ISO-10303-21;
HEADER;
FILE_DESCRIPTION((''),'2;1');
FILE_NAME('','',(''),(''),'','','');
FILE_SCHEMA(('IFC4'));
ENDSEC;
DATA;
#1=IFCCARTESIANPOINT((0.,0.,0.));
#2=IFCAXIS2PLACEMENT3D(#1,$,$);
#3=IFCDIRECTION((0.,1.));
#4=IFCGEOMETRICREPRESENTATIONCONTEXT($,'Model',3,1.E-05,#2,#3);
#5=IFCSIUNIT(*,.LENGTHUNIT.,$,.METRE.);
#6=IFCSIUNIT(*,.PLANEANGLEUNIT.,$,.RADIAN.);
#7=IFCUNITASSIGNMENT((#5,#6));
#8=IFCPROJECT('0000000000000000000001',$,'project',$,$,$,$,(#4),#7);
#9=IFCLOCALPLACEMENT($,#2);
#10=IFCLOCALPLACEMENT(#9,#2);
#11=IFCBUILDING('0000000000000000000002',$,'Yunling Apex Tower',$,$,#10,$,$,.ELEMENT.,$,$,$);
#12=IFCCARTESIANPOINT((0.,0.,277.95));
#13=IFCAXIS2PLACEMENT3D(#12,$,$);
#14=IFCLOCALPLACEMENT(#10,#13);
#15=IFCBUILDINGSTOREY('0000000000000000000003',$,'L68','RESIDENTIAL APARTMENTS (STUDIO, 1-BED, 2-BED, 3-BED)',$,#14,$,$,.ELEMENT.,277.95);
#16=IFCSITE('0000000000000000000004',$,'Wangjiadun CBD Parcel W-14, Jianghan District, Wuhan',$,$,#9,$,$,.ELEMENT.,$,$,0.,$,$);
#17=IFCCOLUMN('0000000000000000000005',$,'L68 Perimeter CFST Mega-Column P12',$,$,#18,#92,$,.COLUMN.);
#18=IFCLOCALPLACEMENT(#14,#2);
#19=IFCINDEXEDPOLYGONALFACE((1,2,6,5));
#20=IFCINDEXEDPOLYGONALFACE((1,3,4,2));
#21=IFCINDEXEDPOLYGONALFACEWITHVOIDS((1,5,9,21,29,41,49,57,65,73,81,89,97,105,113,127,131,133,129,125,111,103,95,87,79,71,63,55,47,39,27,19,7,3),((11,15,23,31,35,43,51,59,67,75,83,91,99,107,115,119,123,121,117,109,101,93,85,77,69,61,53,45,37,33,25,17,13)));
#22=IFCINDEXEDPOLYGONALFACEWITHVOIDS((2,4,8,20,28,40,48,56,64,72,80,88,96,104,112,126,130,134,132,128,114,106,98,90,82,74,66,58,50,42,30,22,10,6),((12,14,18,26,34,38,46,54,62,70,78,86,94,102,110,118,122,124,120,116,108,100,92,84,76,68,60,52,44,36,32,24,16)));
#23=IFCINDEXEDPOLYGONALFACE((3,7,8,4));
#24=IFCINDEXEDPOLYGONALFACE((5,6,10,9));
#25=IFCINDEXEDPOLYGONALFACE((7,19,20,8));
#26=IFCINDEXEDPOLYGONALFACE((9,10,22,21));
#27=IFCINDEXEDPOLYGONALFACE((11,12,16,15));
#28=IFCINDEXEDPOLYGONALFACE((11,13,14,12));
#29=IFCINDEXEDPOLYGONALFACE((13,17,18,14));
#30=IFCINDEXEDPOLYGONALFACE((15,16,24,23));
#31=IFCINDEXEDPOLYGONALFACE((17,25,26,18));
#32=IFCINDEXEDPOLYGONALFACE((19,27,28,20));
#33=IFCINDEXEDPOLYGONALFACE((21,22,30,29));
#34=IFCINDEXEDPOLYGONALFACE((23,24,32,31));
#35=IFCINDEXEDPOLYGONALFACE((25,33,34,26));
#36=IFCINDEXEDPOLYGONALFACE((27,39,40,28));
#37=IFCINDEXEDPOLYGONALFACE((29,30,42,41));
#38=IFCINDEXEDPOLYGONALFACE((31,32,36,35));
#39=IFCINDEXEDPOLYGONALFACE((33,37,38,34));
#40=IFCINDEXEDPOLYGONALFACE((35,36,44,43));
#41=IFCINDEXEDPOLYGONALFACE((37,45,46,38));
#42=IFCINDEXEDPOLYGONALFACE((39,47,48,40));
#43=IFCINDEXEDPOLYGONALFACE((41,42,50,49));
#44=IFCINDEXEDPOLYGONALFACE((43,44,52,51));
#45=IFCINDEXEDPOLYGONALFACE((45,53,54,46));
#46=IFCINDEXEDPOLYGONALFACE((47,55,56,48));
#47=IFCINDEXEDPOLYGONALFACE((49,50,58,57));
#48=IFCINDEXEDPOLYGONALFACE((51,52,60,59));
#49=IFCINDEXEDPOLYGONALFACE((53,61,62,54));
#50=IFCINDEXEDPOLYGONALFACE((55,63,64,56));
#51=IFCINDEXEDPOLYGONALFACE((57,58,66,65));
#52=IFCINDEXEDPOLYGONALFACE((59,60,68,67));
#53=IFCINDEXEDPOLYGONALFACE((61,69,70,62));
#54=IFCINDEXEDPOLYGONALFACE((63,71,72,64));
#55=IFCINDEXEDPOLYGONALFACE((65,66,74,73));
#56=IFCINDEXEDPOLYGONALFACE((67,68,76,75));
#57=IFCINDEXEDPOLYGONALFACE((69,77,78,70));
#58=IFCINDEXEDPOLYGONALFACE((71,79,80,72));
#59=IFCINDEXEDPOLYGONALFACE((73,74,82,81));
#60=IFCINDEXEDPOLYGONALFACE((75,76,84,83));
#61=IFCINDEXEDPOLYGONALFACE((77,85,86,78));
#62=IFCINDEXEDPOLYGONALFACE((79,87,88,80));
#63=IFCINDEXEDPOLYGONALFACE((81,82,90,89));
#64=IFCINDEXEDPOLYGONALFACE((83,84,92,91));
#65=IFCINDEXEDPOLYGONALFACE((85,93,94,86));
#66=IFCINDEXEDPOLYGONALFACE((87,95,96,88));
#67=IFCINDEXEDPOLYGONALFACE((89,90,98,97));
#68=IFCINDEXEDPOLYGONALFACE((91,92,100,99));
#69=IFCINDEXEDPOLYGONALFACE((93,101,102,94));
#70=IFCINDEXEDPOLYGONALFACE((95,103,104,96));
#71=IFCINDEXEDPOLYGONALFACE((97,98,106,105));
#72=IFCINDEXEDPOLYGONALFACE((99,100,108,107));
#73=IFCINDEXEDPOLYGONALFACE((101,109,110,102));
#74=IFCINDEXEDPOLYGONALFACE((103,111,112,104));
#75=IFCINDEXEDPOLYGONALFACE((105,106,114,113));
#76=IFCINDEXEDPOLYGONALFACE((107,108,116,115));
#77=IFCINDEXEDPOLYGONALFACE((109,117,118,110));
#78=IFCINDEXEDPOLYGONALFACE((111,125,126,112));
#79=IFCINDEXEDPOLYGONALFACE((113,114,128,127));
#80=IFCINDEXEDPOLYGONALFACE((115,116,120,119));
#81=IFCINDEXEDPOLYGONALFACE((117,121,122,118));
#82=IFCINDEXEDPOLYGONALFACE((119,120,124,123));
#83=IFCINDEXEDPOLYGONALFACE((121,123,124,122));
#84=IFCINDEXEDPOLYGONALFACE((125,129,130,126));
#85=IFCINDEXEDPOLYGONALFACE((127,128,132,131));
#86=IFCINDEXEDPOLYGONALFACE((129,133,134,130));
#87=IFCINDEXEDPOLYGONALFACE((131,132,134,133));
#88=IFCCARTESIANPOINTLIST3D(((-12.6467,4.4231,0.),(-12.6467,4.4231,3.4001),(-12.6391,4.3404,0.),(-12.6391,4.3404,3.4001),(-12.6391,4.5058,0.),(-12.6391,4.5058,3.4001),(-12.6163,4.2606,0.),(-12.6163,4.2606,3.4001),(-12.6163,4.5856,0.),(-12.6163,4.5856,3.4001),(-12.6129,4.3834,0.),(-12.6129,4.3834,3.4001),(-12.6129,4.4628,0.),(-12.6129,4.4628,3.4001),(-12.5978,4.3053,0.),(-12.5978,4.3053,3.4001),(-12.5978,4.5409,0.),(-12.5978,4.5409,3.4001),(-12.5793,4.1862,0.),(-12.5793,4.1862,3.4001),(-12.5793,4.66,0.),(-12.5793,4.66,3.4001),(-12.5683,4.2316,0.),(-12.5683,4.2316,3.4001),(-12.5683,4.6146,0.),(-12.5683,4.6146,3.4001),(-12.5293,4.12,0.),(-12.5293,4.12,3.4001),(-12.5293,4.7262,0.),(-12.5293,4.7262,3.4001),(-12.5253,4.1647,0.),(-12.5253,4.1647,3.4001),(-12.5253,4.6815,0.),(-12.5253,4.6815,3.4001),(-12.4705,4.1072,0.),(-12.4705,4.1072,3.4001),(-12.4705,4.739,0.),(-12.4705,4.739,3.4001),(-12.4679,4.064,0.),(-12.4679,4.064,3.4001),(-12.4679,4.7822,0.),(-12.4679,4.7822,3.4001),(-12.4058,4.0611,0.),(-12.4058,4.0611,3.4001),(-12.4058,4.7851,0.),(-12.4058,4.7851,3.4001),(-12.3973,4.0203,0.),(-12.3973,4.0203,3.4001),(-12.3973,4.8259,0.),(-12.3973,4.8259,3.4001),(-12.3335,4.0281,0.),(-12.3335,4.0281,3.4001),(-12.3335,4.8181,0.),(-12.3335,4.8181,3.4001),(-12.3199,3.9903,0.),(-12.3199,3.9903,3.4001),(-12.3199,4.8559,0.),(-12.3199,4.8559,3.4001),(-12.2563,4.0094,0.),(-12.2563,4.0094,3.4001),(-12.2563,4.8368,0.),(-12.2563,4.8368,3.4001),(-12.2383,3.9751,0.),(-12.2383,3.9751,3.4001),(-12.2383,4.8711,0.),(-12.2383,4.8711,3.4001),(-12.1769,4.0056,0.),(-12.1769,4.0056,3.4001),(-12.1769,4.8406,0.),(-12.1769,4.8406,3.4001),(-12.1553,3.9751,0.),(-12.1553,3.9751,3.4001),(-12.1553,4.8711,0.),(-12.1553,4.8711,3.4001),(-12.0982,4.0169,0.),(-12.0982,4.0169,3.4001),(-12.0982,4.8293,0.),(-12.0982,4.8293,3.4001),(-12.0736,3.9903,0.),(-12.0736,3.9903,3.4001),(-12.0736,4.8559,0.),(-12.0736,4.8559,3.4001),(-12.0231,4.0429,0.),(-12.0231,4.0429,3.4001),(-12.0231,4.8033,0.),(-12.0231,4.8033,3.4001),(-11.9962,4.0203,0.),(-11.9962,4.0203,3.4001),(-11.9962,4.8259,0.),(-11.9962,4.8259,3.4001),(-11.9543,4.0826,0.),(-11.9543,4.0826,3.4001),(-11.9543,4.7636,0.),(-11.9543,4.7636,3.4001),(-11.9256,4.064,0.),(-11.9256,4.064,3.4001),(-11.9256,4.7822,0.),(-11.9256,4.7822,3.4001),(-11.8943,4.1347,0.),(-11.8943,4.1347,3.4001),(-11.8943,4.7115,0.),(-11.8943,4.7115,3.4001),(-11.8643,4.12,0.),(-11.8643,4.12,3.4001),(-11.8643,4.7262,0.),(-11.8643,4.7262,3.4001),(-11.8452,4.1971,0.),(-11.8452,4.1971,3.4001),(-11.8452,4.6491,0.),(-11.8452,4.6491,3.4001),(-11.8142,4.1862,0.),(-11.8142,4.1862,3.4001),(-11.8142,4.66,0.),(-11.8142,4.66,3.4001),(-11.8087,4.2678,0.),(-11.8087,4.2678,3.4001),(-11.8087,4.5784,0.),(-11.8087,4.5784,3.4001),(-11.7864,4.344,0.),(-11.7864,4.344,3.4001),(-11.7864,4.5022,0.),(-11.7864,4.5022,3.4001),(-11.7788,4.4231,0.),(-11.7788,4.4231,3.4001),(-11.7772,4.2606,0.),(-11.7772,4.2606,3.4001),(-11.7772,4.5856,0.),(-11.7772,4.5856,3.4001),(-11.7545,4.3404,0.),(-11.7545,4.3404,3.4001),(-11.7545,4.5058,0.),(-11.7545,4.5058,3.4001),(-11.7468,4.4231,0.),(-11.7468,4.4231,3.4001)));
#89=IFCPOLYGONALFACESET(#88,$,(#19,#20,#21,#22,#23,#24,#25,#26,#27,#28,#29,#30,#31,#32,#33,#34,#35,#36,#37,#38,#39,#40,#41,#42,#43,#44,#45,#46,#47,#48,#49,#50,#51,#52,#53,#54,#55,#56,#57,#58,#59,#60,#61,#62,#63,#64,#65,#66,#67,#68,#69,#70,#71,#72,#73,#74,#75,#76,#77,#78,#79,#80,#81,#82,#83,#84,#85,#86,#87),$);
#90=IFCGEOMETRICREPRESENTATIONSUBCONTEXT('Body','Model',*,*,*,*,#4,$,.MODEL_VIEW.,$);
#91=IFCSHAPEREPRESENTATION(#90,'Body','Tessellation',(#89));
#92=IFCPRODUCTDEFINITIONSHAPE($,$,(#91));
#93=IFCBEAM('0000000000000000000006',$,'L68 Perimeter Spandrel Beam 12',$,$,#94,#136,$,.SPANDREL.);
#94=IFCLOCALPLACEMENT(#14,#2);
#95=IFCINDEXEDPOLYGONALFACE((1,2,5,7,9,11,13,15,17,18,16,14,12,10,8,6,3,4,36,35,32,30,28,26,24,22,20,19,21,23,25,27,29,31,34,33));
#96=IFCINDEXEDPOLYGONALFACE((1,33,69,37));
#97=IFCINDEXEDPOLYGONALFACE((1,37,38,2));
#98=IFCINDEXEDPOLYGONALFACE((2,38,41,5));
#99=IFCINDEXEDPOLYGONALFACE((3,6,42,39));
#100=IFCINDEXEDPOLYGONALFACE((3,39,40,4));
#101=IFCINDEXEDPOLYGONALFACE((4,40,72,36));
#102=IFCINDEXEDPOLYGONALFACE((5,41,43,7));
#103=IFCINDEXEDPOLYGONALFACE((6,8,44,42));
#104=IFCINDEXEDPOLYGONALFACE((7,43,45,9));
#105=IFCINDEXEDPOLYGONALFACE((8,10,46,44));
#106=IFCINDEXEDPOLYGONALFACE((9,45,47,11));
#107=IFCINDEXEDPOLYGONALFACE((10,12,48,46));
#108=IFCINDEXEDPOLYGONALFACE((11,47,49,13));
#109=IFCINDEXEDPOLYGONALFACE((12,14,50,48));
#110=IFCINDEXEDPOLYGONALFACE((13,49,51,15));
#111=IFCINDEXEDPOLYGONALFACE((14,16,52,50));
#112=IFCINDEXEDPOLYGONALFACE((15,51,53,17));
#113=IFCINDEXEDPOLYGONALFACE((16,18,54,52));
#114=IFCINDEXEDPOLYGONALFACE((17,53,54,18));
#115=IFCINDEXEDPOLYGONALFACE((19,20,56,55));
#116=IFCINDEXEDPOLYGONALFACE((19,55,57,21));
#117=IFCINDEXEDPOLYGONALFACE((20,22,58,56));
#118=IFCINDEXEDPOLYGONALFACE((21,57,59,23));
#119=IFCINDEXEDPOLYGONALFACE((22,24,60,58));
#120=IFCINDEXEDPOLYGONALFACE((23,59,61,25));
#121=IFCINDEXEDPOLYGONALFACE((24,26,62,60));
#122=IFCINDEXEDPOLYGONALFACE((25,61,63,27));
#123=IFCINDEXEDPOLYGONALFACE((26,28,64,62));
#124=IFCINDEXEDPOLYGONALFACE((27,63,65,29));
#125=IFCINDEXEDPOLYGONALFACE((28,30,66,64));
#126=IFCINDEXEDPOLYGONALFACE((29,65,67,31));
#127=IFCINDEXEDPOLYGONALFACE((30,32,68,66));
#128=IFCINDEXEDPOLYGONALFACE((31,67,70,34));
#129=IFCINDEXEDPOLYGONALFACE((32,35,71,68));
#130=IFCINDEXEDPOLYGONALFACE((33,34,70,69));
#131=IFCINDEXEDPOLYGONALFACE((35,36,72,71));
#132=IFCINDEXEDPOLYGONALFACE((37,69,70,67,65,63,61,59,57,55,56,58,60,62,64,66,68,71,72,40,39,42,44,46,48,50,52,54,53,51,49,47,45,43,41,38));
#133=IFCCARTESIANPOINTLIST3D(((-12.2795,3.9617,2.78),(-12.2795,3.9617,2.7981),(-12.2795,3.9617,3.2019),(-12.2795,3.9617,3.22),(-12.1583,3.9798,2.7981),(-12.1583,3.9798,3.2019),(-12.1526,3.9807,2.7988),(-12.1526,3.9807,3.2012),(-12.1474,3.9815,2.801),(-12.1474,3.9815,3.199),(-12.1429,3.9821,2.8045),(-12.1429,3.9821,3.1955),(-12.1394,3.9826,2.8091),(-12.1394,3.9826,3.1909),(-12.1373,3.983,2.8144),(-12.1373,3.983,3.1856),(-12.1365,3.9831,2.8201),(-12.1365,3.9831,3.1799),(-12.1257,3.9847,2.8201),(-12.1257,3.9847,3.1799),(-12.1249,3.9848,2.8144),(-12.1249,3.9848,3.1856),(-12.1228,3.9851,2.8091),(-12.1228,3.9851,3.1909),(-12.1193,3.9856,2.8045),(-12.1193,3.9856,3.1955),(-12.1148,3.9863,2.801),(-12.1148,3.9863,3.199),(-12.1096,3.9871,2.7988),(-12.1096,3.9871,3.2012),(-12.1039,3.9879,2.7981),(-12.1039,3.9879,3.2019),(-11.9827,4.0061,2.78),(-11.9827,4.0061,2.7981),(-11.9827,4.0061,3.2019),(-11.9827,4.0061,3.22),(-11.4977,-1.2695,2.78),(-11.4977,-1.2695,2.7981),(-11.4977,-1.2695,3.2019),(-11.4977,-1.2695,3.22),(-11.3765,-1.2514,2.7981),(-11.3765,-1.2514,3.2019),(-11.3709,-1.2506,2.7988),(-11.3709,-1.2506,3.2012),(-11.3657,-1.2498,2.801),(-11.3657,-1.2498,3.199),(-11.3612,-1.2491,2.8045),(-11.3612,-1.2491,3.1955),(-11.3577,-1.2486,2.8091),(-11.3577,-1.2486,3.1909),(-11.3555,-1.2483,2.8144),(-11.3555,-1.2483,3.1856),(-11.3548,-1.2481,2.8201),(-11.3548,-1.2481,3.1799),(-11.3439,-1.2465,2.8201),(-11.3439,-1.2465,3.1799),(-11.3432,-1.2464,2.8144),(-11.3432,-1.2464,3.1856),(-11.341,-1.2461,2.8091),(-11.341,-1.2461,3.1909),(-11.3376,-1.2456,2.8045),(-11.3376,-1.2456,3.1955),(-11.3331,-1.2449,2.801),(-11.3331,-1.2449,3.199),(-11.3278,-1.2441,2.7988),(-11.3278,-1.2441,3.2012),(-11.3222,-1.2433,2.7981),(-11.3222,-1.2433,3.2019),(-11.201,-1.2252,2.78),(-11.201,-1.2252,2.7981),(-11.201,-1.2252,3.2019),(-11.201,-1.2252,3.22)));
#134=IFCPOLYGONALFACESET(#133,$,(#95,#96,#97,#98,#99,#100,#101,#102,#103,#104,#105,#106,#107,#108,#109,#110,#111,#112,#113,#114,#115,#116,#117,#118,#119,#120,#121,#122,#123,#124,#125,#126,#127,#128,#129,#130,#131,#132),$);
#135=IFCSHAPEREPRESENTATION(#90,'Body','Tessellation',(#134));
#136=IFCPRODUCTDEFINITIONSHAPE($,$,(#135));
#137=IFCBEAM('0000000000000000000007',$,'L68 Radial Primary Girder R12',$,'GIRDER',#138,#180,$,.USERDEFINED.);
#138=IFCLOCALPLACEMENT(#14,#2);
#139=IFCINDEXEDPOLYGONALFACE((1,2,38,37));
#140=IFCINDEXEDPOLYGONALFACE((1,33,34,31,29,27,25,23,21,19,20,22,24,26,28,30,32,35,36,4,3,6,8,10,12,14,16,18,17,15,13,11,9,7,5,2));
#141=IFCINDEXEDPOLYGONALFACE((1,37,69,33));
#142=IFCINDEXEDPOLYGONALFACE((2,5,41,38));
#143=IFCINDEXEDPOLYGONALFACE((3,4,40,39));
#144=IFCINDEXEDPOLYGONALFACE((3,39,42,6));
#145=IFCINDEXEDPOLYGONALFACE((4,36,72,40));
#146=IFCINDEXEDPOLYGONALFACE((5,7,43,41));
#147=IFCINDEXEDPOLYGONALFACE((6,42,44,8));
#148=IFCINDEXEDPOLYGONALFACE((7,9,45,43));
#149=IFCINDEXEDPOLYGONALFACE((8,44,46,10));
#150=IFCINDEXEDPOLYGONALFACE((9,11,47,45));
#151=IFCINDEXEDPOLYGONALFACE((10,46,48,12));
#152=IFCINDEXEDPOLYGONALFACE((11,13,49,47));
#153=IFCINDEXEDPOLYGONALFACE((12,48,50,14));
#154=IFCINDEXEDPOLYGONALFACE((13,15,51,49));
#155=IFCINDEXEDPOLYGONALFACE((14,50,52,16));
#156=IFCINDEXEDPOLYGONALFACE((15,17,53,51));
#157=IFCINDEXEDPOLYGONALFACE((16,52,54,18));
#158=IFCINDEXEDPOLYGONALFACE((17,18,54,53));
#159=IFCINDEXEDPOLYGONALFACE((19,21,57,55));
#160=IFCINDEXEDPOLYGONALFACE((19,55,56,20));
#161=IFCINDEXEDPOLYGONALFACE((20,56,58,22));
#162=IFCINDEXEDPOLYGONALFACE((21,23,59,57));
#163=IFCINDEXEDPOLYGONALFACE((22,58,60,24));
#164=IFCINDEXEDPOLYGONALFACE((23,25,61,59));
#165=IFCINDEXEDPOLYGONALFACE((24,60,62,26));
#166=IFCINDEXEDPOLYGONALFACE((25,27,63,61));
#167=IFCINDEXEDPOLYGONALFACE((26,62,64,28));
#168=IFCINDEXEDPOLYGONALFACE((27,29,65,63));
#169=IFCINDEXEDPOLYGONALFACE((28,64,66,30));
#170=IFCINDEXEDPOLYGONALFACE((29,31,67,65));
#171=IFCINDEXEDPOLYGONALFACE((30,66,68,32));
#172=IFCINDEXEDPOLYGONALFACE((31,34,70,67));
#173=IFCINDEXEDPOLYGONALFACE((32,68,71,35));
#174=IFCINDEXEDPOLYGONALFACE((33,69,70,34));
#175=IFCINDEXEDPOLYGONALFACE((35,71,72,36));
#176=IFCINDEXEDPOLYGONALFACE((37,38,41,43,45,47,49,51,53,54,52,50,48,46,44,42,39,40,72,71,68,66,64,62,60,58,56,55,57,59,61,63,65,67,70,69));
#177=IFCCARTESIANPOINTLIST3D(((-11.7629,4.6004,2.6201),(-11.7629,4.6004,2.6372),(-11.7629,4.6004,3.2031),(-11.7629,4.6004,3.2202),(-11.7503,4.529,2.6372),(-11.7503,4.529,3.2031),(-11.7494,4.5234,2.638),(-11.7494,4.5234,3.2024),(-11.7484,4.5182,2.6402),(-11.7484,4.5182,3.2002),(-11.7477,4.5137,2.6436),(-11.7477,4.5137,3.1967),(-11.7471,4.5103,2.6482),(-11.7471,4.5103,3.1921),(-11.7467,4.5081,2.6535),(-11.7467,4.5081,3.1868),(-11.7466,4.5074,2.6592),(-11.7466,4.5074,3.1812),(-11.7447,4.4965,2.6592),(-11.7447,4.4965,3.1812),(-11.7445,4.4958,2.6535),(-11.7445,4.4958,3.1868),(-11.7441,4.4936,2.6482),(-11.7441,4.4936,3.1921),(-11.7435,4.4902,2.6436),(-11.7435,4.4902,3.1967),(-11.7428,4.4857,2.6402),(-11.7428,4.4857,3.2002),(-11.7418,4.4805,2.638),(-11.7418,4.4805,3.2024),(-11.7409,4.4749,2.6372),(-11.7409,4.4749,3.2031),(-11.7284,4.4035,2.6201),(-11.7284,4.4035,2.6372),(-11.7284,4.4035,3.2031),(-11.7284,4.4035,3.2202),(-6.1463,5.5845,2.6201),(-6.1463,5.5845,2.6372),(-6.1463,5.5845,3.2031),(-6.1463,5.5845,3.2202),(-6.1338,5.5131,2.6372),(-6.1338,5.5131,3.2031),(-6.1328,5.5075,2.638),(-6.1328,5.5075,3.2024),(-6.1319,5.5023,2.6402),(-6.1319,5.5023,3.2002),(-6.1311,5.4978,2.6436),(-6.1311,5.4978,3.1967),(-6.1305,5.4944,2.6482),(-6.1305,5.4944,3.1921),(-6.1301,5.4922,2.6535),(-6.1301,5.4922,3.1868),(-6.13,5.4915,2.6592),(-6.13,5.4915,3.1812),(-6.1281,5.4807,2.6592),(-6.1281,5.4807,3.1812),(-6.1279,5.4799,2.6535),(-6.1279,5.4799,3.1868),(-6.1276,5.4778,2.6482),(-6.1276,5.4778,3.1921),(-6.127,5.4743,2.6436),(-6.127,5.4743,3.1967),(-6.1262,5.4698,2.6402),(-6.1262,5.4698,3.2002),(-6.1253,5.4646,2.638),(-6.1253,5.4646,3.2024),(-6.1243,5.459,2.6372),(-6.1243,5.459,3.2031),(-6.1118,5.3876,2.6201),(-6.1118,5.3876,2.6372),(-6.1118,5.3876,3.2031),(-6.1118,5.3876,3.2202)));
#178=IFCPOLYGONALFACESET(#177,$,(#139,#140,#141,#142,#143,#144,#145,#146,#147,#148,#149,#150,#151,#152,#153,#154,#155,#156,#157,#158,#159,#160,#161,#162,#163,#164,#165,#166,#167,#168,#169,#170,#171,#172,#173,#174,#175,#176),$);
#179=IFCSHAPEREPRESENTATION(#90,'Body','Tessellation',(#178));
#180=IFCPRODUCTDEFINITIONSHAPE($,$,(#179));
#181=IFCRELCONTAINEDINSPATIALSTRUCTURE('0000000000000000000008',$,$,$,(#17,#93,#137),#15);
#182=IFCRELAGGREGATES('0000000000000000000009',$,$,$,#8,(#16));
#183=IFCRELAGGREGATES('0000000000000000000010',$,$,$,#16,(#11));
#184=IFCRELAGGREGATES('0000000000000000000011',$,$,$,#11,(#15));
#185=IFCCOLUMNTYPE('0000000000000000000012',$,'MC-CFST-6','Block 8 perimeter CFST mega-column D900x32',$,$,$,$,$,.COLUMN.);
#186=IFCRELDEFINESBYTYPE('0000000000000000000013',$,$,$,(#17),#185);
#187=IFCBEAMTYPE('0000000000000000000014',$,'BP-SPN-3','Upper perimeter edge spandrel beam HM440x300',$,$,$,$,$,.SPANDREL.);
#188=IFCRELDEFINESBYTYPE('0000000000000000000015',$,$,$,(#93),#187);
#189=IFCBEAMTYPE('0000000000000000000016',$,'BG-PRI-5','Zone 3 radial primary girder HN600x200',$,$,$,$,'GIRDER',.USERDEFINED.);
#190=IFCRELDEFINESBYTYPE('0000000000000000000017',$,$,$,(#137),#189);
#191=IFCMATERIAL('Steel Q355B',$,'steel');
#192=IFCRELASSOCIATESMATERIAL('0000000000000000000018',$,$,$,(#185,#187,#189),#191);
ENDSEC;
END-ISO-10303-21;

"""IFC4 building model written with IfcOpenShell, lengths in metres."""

from ifc_helpers import new_model, si_unit, direction, frame, origin, origin_2d, place, context, subcontext, project, spatial, hollow_circle, i_section, extrude, source, transform, mapped, material, material_profile, profile_set, type_object, element, save


model = new_model("IFC4")

# Units and contexts
model_context = context("Model", 3, precision=1e-05, world=origin(), true_north=direction((0.0, 1.0)))
body_context = subcontext(model_context, "Body", "Model", "MODEL_VIEW")
ifc_project = project(units=[si_unit("LENGTHUNIT", "METRE"), si_unit("PLANEANGLEUNIT", "RADIAN")], contexts=[model_context])

# Site, building, storey
site_placement = place(None, origin())
site = spatial("IfcSite", under=ifc_project, at=site_placement, Name="Wangjiadun CBD Parcel W-14, Jianghan District, Wuhan", CompositionType="ELEMENT", RefElevation=0.0)
building_placement = place(site_placement, origin())
building = spatial("IfcBuilding", under=site, at=building_placement, Name="Yunling Apex Tower", CompositionType="ELEMENT")
storey_placement = place(building_placement, frame((0.0, 0.0, 277.95)))
storey = spatial("IfcBuildingStorey", under=building, at=storey_placement, Name="L68", Description="RESIDENTIAL APARTMENTS (STUDIO, 1-BED, 2-BED, 3-BED)", CompositionType="ELEMENT", Elevation=277.95)

# Column
ifc_material_1 = material(Name="Steel Q355B", Category="steel")
ifc_material_profile_1 = material_profile(ifc_material_1, hollow_circle(Radius=0.45, WallThickness=0.032, at=origin_2d()))
ifc_profile_set_1 = profile_set([ifc_material_profile_1], Name="Steel Q355B")
column_type = type_object("IfcColumnType", Name="MC-CFST-6", Description="Block 8 perimeter CFST mega-column D900x32", PredefinedType="COLUMN", material=ifc_profile_set_1)
shared_shape_1 = source(origin(), body_context, "Body", "SweptSolid", [
    extrude(hollow_circle(Radius=0.45, WallThickness=0.032, at=origin_2d()), origin(), (0.0, 0.0, 1.0), 3.4001),
])
column_placement = place(storey_placement, frame((-12.1968, 4.4231, 0.0), z_axis=(0.0, 0.0, 1.0), x_axis=(1.0, 0.0, 0.0)))
element("IfcColumn", 1, at=column_placement, inside=storey, type_object=column_type, Name="L68 Perimeter CFST Mega-Column P12", PredefinedType="COLUMN", context=body_context, shape_type="MappedRepresentation", body=[
    mapped(shared_shape_1, transform((0.0, 0.0, 0.0), scale=1.0)),
])

# Beams
ifc_material_profile_2 = material_profile(ifc_material_1, i_section(OverallWidth=0.3, OverallDepth=0.4399, WebThickness=0.011, FlangeThickness=0.0181, FilletRadius=0.022, at=origin_2d()))
ifc_profile_set_2 = profile_set([ifc_material_profile_2], Name="Steel Q355B")
beam_type_1 = type_object("IfcBeamType", Name="BP-SPN-3", Description="Upper perimeter edge spandrel beam HM440x300", PredefinedType="SPANDREL", material=ifc_profile_set_2)
shared_shape_2 = source(origin(), body_context, "Body", "SweptSolid", [
    extrude(i_section(OverallWidth=0.3, OverallDepth=0.4399, WebThickness=0.011, FlangeThickness=0.0181, FilletRadius=0.022, at=origin_2d()), origin(), (0.0, 0.0, 1.0), 5.2893),
])
beam_1_placement = place(storey_placement, frame((-12.1311, 3.9839, 3.0), z_axis=(0.147796, -0.989018, 0.0), x_axis=(0.989018, 0.147796, 0.0)))
element("IfcBeam", 2, at=beam_1_placement, inside=storey, type_object=beam_type_1, Name="L68 Perimeter Spandrel Beam 12", PredefinedType="SPANDREL", context=body_context, shape_type="MappedRepresentation", body=[
    mapped(shared_shape_2, transform((0.0, 0.0, 0.0), scale=1.0)),
])
ifc_material_profile_3 = material_profile(ifc_material_1, i_section(OverallWidth=0.2, OverallDepth=0.6001, WebThickness=0.011, FlangeThickness=0.0171, FilletRadius=0.022, at=origin_2d()))
ifc_profile_set_3 = profile_set([ifc_material_profile_3], Name="Steel Q355B")
beam_type_2 = type_object("IfcBeamType", Name="BG-PRI-5", Description="Zone 3 radial primary girder HN600x200", ElementType="GIRDER", PredefinedType="USERDEFINED", material=ifc_profile_set_3)
shared_shape_3 = source(origin(), body_context, "Body", "SweptSolid", [
    extrude(i_section(OverallWidth=0.2, OverallDepth=0.6001, WebThickness=0.011, FlangeThickness=0.0171, FilletRadius=0.022, at=origin_2d()), origin(), (0.0, 0.0, 1.0), 5.7021),
])
beam_2_placement = place(storey_placement, frame((-11.7456, 4.502, 2.9202), z_axis=(0.984994, 0.172586, 0.0), x_axis=(-0.172586, 0.984994, 0.0)))
element("IfcBeam", 3, at=beam_2_placement, inside=storey, type_object=beam_type_2, Name="L68 Radial Primary Girder R12", ObjectType="GIRDER", PredefinedType="USERDEFINED", context=body_context, shape_type="MappedRepresentation", body=[
    mapped(shared_shape_3, transform((0.0, 0.0, 0.0), scale=1.0)),
])

save(model, "model.ifc")
